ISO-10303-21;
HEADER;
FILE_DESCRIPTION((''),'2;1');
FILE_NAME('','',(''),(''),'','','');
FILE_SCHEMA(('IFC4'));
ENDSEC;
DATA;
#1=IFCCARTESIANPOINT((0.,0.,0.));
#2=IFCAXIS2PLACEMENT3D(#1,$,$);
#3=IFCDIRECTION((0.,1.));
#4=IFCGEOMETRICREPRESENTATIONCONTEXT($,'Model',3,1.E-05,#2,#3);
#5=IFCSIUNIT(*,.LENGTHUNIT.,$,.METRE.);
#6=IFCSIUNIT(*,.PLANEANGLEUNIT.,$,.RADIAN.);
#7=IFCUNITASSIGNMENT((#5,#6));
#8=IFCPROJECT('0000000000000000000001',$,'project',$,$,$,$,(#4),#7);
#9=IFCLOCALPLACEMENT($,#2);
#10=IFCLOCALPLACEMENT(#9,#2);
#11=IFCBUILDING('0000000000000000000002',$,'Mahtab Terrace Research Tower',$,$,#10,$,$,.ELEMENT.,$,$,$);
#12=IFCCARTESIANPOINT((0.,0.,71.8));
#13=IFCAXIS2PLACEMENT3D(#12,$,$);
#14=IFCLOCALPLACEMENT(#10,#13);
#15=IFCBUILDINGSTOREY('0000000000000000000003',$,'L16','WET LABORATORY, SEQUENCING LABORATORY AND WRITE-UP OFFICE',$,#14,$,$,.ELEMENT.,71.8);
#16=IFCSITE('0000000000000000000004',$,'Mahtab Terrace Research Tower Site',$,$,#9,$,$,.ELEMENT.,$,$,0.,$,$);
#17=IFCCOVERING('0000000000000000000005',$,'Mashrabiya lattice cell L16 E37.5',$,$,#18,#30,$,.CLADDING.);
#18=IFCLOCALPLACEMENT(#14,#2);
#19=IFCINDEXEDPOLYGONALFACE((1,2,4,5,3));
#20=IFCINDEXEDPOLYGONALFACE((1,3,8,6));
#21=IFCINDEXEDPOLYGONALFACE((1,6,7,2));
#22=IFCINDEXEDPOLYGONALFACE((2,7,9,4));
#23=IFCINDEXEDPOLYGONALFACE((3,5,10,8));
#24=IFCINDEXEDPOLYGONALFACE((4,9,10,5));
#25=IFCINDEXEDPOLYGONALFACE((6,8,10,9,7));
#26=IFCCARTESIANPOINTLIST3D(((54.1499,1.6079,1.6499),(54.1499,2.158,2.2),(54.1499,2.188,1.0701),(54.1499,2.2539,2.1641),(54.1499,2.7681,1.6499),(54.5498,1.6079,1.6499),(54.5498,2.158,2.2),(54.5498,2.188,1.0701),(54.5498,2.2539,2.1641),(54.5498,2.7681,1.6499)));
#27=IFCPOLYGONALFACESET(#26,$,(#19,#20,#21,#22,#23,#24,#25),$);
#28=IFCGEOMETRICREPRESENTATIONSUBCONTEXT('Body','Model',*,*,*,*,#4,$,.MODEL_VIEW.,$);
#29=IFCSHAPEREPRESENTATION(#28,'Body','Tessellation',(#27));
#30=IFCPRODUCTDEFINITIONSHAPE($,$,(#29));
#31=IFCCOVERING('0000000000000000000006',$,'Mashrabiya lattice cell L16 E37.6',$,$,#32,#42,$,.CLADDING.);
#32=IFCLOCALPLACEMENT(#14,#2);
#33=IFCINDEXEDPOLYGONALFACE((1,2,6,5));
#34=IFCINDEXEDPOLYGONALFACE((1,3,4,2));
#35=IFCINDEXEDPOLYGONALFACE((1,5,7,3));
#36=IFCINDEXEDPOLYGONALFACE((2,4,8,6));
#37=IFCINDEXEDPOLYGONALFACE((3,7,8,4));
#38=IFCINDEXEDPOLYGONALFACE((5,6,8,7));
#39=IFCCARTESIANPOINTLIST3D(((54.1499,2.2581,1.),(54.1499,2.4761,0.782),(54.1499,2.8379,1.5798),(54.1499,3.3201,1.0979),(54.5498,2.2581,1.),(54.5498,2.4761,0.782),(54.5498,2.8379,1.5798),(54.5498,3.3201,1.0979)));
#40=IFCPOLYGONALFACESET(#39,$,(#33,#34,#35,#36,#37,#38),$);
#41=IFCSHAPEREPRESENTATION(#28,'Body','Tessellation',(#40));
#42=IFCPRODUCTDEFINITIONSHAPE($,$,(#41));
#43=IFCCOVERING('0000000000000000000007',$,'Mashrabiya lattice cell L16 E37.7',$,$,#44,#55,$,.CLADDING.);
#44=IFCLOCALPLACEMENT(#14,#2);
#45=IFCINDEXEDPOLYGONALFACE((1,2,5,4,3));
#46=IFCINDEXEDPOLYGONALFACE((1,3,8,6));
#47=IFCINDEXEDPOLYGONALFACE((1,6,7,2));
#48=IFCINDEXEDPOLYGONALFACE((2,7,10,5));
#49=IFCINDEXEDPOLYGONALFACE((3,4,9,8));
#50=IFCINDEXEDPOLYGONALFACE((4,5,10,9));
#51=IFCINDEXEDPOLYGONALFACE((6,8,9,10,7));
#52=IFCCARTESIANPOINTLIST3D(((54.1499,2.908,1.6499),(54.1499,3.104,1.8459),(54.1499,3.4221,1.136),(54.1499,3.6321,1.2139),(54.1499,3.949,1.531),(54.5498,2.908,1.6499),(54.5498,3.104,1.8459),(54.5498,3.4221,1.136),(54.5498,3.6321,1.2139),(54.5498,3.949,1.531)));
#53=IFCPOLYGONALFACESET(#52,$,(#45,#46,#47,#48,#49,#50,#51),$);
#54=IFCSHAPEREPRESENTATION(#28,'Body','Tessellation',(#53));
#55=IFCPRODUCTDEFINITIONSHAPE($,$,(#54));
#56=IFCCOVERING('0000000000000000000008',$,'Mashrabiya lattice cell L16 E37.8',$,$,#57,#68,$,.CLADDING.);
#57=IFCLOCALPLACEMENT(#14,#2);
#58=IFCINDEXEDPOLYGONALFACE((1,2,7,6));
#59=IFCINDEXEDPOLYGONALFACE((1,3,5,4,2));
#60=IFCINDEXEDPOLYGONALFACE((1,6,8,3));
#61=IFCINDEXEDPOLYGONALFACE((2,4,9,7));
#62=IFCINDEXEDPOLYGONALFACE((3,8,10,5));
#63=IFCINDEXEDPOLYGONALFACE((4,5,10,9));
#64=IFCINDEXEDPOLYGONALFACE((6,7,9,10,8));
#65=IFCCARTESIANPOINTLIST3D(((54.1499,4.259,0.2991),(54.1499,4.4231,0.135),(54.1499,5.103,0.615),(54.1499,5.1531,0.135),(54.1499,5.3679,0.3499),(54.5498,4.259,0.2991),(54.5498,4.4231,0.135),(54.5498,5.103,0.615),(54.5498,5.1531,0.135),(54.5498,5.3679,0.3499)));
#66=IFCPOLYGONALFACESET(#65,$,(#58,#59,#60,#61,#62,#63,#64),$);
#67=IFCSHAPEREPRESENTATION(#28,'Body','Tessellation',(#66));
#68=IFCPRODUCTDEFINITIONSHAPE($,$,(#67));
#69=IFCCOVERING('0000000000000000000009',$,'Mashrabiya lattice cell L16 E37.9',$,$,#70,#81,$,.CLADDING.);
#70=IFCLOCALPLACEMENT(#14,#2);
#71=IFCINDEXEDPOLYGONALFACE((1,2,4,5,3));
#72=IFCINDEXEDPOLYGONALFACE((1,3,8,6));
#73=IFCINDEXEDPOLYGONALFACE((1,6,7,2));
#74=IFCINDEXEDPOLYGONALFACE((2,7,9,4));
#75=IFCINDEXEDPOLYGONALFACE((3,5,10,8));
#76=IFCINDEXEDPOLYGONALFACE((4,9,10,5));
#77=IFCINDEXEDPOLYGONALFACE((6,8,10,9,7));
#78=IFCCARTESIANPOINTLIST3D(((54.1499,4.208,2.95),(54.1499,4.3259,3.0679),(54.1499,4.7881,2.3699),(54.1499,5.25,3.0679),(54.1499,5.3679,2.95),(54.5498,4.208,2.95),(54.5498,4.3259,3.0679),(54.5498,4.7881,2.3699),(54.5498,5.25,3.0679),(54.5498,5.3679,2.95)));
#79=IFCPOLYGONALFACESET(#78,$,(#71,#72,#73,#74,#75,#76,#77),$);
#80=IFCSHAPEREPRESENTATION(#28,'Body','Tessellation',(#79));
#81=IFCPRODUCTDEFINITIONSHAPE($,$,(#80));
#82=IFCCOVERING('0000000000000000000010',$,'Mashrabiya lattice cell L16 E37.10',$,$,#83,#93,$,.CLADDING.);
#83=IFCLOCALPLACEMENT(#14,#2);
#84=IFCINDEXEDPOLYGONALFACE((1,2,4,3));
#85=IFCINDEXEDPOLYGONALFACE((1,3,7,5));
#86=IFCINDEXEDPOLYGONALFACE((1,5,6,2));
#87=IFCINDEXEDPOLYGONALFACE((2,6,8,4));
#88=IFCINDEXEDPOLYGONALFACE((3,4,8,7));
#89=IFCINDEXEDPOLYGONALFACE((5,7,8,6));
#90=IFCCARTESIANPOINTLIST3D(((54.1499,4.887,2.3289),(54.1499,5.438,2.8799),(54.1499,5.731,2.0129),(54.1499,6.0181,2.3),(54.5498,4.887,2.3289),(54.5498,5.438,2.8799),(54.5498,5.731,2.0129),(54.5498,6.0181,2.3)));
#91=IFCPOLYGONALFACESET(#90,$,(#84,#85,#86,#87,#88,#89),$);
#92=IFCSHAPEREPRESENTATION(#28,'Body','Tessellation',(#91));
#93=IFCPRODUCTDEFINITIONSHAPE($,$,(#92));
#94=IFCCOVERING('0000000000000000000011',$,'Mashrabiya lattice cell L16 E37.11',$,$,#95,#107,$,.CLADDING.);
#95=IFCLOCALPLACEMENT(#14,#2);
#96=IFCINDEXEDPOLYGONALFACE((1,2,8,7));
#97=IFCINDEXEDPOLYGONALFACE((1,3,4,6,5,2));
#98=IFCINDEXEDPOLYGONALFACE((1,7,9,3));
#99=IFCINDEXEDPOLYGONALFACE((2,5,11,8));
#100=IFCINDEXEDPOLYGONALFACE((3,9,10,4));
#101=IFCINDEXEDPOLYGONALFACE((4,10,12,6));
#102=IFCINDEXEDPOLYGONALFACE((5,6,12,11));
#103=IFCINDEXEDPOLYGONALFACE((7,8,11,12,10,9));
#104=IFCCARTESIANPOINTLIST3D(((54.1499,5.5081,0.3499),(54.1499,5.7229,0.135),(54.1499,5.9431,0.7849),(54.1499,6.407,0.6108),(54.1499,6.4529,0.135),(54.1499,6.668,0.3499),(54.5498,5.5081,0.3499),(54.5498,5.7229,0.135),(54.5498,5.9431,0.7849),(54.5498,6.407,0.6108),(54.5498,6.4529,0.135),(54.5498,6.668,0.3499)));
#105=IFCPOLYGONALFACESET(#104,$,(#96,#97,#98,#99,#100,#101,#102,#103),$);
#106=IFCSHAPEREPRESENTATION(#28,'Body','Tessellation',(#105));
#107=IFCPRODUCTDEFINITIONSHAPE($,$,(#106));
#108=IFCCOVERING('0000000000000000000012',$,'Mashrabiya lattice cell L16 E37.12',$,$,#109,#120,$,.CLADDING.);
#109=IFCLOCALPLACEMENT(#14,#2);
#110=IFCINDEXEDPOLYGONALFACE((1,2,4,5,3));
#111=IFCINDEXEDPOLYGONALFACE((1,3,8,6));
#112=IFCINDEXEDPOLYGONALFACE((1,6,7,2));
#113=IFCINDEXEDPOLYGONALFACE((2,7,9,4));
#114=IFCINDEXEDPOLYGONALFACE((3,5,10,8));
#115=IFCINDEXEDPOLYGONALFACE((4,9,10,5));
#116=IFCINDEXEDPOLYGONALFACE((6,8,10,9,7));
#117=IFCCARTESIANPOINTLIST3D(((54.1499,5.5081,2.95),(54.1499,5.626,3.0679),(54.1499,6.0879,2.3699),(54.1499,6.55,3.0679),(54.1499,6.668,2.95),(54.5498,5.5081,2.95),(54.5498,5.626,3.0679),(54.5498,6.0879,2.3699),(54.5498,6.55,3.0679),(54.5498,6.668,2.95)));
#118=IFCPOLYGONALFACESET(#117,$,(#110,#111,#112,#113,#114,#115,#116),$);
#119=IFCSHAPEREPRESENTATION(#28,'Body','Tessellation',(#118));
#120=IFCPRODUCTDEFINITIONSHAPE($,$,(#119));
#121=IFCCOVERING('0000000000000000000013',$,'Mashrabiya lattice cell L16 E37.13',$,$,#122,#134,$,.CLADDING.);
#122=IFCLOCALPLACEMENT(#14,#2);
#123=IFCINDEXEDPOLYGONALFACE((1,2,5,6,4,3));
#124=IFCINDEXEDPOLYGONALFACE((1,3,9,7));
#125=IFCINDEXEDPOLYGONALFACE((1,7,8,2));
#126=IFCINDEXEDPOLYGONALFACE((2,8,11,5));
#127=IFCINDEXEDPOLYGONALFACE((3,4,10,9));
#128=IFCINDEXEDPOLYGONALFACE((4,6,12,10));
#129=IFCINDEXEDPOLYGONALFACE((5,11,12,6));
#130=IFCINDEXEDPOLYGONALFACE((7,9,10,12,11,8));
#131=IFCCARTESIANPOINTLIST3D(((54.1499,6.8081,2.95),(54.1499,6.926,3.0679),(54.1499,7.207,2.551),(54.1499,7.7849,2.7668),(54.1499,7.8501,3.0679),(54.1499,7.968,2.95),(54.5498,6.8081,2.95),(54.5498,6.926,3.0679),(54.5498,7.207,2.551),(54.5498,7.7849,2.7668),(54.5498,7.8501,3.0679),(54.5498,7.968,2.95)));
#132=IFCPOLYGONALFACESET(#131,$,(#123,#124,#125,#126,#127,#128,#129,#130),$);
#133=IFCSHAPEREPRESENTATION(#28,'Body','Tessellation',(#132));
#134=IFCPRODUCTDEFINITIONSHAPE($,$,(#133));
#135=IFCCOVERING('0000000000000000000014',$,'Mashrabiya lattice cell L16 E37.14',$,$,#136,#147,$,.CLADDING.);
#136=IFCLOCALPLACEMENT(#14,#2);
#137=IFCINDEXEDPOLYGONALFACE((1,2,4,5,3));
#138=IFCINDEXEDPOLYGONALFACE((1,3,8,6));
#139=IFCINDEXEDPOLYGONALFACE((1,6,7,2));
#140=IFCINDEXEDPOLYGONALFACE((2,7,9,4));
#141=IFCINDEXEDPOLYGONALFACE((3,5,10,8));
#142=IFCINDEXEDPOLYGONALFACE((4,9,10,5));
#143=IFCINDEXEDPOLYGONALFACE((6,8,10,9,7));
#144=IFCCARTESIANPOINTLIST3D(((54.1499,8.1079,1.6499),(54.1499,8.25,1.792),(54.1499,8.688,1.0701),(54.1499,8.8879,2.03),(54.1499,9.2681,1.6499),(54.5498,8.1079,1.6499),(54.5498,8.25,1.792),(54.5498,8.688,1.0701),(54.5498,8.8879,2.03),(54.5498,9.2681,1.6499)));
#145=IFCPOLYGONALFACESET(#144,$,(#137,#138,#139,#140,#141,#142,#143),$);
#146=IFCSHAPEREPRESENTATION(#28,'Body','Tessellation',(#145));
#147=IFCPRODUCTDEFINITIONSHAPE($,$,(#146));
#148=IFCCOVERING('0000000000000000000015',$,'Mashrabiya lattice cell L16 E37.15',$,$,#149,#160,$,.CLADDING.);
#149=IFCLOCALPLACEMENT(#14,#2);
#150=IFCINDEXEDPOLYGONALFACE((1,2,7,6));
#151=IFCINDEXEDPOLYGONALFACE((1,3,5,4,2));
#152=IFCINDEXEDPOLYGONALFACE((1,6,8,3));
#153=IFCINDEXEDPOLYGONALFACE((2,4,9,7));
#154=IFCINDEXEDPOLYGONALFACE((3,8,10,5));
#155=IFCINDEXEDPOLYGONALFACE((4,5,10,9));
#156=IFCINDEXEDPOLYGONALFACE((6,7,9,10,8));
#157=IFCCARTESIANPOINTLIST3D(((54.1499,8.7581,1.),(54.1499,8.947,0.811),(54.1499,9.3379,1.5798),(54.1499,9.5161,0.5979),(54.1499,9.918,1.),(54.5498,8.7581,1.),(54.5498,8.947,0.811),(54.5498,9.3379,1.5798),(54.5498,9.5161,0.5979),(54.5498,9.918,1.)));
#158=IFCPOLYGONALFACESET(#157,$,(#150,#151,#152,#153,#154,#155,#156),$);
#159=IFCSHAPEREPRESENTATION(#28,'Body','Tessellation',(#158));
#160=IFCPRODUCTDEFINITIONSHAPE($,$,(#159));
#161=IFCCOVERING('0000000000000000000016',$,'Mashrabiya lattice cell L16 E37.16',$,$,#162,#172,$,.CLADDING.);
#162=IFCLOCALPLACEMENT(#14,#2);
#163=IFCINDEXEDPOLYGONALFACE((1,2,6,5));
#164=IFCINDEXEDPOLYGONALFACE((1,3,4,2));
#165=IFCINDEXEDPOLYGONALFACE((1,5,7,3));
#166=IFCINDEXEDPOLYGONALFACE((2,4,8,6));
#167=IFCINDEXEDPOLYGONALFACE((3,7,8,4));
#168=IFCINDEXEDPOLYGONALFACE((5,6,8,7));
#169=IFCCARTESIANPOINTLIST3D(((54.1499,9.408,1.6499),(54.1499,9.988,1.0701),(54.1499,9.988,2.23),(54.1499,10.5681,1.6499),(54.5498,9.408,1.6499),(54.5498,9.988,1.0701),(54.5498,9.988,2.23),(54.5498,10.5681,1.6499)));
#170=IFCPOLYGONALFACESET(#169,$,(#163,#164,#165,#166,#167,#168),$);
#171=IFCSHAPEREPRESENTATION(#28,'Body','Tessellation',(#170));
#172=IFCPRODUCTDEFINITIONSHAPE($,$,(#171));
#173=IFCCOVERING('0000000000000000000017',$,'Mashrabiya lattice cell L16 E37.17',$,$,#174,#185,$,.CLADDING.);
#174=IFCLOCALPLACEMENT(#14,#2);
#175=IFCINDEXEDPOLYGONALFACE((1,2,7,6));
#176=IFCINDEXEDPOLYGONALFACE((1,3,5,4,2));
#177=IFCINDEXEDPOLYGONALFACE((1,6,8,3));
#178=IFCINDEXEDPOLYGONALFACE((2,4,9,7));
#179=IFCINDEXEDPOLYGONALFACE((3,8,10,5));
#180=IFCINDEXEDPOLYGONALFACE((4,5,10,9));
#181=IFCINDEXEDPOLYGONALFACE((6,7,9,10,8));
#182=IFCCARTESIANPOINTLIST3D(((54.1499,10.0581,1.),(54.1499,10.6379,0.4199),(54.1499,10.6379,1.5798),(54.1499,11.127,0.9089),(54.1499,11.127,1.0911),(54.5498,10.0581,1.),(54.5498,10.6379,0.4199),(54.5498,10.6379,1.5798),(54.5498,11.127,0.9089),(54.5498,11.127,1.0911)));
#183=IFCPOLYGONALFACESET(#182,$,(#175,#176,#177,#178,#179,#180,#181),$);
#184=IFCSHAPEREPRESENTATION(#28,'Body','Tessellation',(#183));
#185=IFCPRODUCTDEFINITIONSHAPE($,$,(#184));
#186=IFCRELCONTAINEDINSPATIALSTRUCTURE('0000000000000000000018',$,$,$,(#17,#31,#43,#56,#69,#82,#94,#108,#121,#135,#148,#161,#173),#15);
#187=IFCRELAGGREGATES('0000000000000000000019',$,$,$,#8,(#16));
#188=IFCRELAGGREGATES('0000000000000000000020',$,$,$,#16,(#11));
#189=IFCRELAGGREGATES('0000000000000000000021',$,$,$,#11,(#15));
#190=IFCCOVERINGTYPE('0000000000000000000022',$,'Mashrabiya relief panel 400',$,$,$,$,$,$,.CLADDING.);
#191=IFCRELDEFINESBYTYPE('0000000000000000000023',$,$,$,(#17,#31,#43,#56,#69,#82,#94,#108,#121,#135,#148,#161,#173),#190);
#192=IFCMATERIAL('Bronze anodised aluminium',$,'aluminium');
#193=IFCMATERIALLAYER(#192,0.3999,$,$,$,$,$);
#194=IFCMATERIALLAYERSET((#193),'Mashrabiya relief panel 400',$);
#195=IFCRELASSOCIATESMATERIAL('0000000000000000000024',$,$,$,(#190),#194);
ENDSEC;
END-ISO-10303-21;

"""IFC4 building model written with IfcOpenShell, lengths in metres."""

from ifc_helpers import new_model, si_unit, direction, frame, origin, place, context, subcontext, project, spatial, polyline, outline, extrude, material, layer, layer_set, type_object, element, save


model = new_model("IFC4")

# Units and contexts
model_context = context("Model", 3, precision=1e-05, world=origin(), true_north=direction((0.0, 1.0)))
body_context = subcontext(model_context, "Body", "Model", "MODEL_VIEW")
ifc_project = project(units=[si_unit("LENGTHUNIT", "METRE"), si_unit("PLANEANGLEUNIT", "RADIAN")], contexts=[model_context])

# Site, building, storey
site_placement = place(None, origin())
site = spatial("IfcSite", under=ifc_project, at=site_placement, Name="Mahtab Terrace Research Tower Site", CompositionType="ELEMENT", RefElevation=0.0)
building_placement = place(site_placement, origin())
building = spatial("IfcBuilding", under=site, at=building_placement, Name="Mahtab Terrace Research Tower", CompositionType="ELEMENT")
storey_placement = place(building_placement, frame((0.0, 0.0, 71.8)))
storey = spatial("IfcBuildingStorey", under=building, at=storey_placement, Name="L16", Description="WET LABORATORY, SEQUENCING LABORATORY AND WRITE-UP OFFICE", CompositionType="ELEMENT", Elevation=71.8)

# Coverings
ifc_material_1 = material(Name="Bronze anodised aluminium", Category="aluminium")
ifc_layer_1 = layer(ifc_material_1, 0.3999)
ifc_layer_set_1 = layer_set([ifc_layer_1], Name="Mashrabiya relief panel 400")
covering_type = type_object("IfcCoveringType", Name="Mashrabiya relief panel 400", PredefinedType="CLADDING", material=ifc_layer_set_1)
covering_1_placement = place(storey_placement, frame((54.1499, 2.7681, 1.6499), z_axis=(-1.0, 0.0, 0.0), x_axis=(0.0, -0.707256, -0.706958)))
element("IfcCovering", 1, at=covering_1_placement, inside=storey, type_object=covering_type, Name="Mashrabiya lattice cell L16 E37.5", PredefinedType="CLADDING", context=body_context, shape_type="SweptSolid", body=[
    extrude(outline(polyline([(0.0, 0.0), (0.8202, 0.0), (0.8205, 0.8202), (0.0426, 0.8203), (0.0002, 0.7271), (0.0, 0.0)])), origin(), (0.0, 0.0, -1.0), 0.3999),
])
covering_2_placement = place(storey_placement, frame((54.1499, 2.2581, 1.0), z_axis=(-1.0, 0.0, 0.0), x_axis=(0.0, 0.707107, 0.707107)))
element("IfcCovering", 2, at=covering_2_placement, inside=storey, type_object=covering_type, Name="Mashrabiya lattice cell L16 E37.6", PredefinedType="CLADDING", context=body_context, shape_type="SweptSolid", body=[
    extrude(outline(polyline([(0.0, 0.0), (0.82, 0.0), (0.8202, 0.6817), (0.0, 0.3083), (0.0, 0.0)])), origin(), (0.0, 0.0, -1.0), 0.3999),
])
covering_3_placement = place(storey_placement, frame((54.1499, 2.908, 1.6499), z_axis=(-1.0, 0.0, 0.0), x_axis=(0.0, 0.707107, 0.707107)))
element("IfcCovering", 3, at=covering_3_placement, inside=storey, type_object=covering_type, Name="Mashrabiya lattice cell L16 E37.7", PredefinedType="CLADDING", context=body_context, shape_type="SweptSolid", body=[
    extrude(outline(polyline([(0.0, 0.0), (0.2772, 0.0), (0.652, 0.8202), (0.2037, 0.8204), (0.0002, 0.727), (0.0, 0.0)])), origin(), (0.0, 0.0, -1.0), 0.3999),
])
covering_4_placement = place(storey_placement, frame((54.1499, 4.259, 0.2991), z_axis=(-1.0, 0.0, 0.0), x_axis=(0.0, 0.936541, 0.350559)))
element("IfcCovering", 4, at=covering_4_placement, inside=storey, type_object=covering_type, Name="Mashrabiya lattice cell L16 E37.8", PredefinedType="CLADDING", context=body_context, shape_type="SweptSolid", body=[
    extrude(outline(polyline([(0.0, 0.0), (0.9012, 0.0), (1.0563, 0.3412), (0.7798, 0.4671), (0.0961, 0.2112), (0.0, 0.0)])), origin(), (0.0, 0.0, -1.0), 0.3999),
])
covering_5_placement = place(storey_placement, frame((54.1499, 5.3679, 2.95), z_axis=(-1.0, 0.0, 0.0), x_axis=(0.0, -0.706958, -0.707256)))
element("IfcCovering", 5, at=covering_5_placement, inside=storey, type_object=covering_type, Name="Mashrabiya lattice cell L16 E37.9", PredefinedType="CLADDING", context=body_context, shape_type="SweptSolid", body=[
    extrude(outline(polyline([(0.0, 0.0), (0.8202, 0.0), (0.82, 0.8204), (0.6532, 0.8203), (0.0, 0.1668), (0.0, 0.0)])), origin(), (0.0, 0.0, -1.0), 0.3999),
])
covering_6_placement = place(storey_placement, frame((54.1499, 5.438, 2.8799), z_axis=(-1.0, 0.0, 0.0), x_axis=(0.0, 0.707256, -0.706958)))
element("IfcCovering", 6, at=covering_6_placement, inside=storey, type_object=covering_type, Name="Mashrabiya lattice cell L16 E37.10", PredefinedType="CLADDING", context=body_context, shape_type="SweptSolid", body=[
    extrude(outline(polyline([(0.0, 0.0), (0.8202, 0.0), (0.8201, 0.406), (-0.0002, 0.7793), (0.0, 0.0)])), origin(), (0.0, 0.0, -1.0), 0.3999),
])
covering_7_placement = place(storey_placement, frame((54.1499, 5.5081, 0.3499), z_axis=(-1.0, 0.0, 0.0), x_axis=(0.0, 0.707107, 0.707107)))
element("IfcCovering", 7, at=covering_7_placement, inside=storey, type_object=covering_type, Name="Mashrabiya lattice cell L16 E37.11", PredefinedType="CLADDING", context=body_context, shape_type="SweptSolid", body=[
    extrude(outline(polyline([(0.0, 0.0), (0.6153, 0.0), (0.8202, 0.4511), (0.8202, 0.8202), (0.5162, 0.82), (0.0, 0.3038), (0.0, 0.0)])), origin(), (0.0, 0.0, -1.0), 0.3999),
])
covering_8_placement = place(storey_placement, frame((54.1499, 6.668, 2.95), z_axis=(-1.0, 0.0, 0.0), x_axis=(0.0, -0.707107, -0.707107)))
element("IfcCovering", 8, at=covering_8_placement, inside=storey, type_object=covering_type, Name="Mashrabiya lattice cell L16 E37.12", PredefinedType="CLADDING", context=body_context, shape_type="SweptSolid", body=[
    extrude(outline(polyline([(0.0, 0.0), (0.8204, 0.0), (0.8202, 0.8202), (0.6534, 0.8202), (0.0, 0.1668), (0.0, 0.0)])), origin(), (0.0, 0.0, -1.0), 0.3999),
])
covering_9_placement = place(storey_placement, frame((54.1499, 6.8081, 2.95), z_axis=(-1.0, 0.0, 0.0), x_axis=(0.0, 0.707107, 0.707107)))
element("IfcCovering", 9, at=covering_9_placement, inside=storey, type_object=covering_type, Name="Mashrabiya lattice cell L16 E37.13", PredefinedType="CLADDING", context=body_context, shape_type="SweptSolid", body=[
    extrude(outline(polyline([(0.0, 0.0), (0.1668, 0.0), (0.8202, 0.6534), (0.8202, 0.8202), (0.5612, 0.8202), (0.0, 0.5642), (0.0, 0.0)])), origin(), (0.0, 0.0, -1.0), 0.3999),
])
covering_10_placement = place(storey_placement, frame((54.1499, 9.2681, 1.6499), z_axis=(-1.0, 0.0, 0.0), x_axis=(0.0, -0.707256, -0.706958)))
element("IfcCovering", 10, at=covering_10_placement, inside=storey, type_object=covering_type, Name="Mashrabiya lattice cell L16 E37.14", PredefinedType="CLADDING", context=body_context, shape_type="SweptSolid", body=[
    extrude(outline(polyline([(0.0, 0.0), (0.8202, 0.0), (0.8205, 0.8202), (0.6196, 0.8202), (0.0001, 0.5376), (0.0, 0.0)])), origin(), (0.0, 0.0, -1.0), 0.3999),
])
covering_11_placement = place(storey_placement, frame((54.1499, 8.7581, 1.0), z_axis=(-1.0, 0.0, 0.0), x_axis=(0.0, 0.707107, 0.707107)))
element("IfcCovering", 11, at=covering_11_placement, inside=storey, type_object=covering_type, Name="Mashrabiya lattice cell L16 E37.15", PredefinedType="CLADDING", context=body_context, shape_type="SweptSolid", body=[
    extrude(outline(polyline([(0.0, 0.0), (0.82, 0.0), (0.8202, 0.8202), (0.2517, 0.8204), (0.0, 0.2672), (0.0, 0.0)])), origin(), (0.0, 0.0, -1.0), 0.3999),
])
covering_12_placement = place(storey_placement, frame((54.1499, 9.988, 2.23), z_axis=(-1.0, 0.0, 0.0), x_axis=(0.0, 0.707107, -0.707107)))
element("IfcCovering", 12, at=covering_12_placement, inside=storey, type_object=covering_type, Name="Mashrabiya lattice cell L16 E37.16", PredefinedType="CLADDING", context=body_context, shape_type="SweptSolid", body=[
    extrude(outline(polyline([(0.0, 0.0), (0.8204, 0.0), (0.8202, 0.8202), (0.0, 0.8204), (0.0, 0.0)])), origin(), (0.0, 0.0, -1.0), 0.3999),
])
covering_13_placement = place(storey_placement, frame((54.1499, 10.6379, 0.4199), z_axis=(-1.0, 0.0, 0.0), x_axis=(0.0, -0.706958, 0.707256)))
element("IfcCovering", 13, at=covering_13_placement, inside=storey, type_object=covering_type, Name="Mashrabiya lattice cell L16 E37.17", PredefinedType="CLADDING", context=body_context, shape_type="SweptSolid", body=[
    extrude(outline(polyline([(0.0, 0.0), (0.8202, 0.0), (0.8204, 0.82), (0.129, 0.8203), (0.0001, 0.6916), (0.0, 0.0)])), origin(), (0.0, 0.0, -1.0), 0.3999),
])

save(model, "model.ifc")
